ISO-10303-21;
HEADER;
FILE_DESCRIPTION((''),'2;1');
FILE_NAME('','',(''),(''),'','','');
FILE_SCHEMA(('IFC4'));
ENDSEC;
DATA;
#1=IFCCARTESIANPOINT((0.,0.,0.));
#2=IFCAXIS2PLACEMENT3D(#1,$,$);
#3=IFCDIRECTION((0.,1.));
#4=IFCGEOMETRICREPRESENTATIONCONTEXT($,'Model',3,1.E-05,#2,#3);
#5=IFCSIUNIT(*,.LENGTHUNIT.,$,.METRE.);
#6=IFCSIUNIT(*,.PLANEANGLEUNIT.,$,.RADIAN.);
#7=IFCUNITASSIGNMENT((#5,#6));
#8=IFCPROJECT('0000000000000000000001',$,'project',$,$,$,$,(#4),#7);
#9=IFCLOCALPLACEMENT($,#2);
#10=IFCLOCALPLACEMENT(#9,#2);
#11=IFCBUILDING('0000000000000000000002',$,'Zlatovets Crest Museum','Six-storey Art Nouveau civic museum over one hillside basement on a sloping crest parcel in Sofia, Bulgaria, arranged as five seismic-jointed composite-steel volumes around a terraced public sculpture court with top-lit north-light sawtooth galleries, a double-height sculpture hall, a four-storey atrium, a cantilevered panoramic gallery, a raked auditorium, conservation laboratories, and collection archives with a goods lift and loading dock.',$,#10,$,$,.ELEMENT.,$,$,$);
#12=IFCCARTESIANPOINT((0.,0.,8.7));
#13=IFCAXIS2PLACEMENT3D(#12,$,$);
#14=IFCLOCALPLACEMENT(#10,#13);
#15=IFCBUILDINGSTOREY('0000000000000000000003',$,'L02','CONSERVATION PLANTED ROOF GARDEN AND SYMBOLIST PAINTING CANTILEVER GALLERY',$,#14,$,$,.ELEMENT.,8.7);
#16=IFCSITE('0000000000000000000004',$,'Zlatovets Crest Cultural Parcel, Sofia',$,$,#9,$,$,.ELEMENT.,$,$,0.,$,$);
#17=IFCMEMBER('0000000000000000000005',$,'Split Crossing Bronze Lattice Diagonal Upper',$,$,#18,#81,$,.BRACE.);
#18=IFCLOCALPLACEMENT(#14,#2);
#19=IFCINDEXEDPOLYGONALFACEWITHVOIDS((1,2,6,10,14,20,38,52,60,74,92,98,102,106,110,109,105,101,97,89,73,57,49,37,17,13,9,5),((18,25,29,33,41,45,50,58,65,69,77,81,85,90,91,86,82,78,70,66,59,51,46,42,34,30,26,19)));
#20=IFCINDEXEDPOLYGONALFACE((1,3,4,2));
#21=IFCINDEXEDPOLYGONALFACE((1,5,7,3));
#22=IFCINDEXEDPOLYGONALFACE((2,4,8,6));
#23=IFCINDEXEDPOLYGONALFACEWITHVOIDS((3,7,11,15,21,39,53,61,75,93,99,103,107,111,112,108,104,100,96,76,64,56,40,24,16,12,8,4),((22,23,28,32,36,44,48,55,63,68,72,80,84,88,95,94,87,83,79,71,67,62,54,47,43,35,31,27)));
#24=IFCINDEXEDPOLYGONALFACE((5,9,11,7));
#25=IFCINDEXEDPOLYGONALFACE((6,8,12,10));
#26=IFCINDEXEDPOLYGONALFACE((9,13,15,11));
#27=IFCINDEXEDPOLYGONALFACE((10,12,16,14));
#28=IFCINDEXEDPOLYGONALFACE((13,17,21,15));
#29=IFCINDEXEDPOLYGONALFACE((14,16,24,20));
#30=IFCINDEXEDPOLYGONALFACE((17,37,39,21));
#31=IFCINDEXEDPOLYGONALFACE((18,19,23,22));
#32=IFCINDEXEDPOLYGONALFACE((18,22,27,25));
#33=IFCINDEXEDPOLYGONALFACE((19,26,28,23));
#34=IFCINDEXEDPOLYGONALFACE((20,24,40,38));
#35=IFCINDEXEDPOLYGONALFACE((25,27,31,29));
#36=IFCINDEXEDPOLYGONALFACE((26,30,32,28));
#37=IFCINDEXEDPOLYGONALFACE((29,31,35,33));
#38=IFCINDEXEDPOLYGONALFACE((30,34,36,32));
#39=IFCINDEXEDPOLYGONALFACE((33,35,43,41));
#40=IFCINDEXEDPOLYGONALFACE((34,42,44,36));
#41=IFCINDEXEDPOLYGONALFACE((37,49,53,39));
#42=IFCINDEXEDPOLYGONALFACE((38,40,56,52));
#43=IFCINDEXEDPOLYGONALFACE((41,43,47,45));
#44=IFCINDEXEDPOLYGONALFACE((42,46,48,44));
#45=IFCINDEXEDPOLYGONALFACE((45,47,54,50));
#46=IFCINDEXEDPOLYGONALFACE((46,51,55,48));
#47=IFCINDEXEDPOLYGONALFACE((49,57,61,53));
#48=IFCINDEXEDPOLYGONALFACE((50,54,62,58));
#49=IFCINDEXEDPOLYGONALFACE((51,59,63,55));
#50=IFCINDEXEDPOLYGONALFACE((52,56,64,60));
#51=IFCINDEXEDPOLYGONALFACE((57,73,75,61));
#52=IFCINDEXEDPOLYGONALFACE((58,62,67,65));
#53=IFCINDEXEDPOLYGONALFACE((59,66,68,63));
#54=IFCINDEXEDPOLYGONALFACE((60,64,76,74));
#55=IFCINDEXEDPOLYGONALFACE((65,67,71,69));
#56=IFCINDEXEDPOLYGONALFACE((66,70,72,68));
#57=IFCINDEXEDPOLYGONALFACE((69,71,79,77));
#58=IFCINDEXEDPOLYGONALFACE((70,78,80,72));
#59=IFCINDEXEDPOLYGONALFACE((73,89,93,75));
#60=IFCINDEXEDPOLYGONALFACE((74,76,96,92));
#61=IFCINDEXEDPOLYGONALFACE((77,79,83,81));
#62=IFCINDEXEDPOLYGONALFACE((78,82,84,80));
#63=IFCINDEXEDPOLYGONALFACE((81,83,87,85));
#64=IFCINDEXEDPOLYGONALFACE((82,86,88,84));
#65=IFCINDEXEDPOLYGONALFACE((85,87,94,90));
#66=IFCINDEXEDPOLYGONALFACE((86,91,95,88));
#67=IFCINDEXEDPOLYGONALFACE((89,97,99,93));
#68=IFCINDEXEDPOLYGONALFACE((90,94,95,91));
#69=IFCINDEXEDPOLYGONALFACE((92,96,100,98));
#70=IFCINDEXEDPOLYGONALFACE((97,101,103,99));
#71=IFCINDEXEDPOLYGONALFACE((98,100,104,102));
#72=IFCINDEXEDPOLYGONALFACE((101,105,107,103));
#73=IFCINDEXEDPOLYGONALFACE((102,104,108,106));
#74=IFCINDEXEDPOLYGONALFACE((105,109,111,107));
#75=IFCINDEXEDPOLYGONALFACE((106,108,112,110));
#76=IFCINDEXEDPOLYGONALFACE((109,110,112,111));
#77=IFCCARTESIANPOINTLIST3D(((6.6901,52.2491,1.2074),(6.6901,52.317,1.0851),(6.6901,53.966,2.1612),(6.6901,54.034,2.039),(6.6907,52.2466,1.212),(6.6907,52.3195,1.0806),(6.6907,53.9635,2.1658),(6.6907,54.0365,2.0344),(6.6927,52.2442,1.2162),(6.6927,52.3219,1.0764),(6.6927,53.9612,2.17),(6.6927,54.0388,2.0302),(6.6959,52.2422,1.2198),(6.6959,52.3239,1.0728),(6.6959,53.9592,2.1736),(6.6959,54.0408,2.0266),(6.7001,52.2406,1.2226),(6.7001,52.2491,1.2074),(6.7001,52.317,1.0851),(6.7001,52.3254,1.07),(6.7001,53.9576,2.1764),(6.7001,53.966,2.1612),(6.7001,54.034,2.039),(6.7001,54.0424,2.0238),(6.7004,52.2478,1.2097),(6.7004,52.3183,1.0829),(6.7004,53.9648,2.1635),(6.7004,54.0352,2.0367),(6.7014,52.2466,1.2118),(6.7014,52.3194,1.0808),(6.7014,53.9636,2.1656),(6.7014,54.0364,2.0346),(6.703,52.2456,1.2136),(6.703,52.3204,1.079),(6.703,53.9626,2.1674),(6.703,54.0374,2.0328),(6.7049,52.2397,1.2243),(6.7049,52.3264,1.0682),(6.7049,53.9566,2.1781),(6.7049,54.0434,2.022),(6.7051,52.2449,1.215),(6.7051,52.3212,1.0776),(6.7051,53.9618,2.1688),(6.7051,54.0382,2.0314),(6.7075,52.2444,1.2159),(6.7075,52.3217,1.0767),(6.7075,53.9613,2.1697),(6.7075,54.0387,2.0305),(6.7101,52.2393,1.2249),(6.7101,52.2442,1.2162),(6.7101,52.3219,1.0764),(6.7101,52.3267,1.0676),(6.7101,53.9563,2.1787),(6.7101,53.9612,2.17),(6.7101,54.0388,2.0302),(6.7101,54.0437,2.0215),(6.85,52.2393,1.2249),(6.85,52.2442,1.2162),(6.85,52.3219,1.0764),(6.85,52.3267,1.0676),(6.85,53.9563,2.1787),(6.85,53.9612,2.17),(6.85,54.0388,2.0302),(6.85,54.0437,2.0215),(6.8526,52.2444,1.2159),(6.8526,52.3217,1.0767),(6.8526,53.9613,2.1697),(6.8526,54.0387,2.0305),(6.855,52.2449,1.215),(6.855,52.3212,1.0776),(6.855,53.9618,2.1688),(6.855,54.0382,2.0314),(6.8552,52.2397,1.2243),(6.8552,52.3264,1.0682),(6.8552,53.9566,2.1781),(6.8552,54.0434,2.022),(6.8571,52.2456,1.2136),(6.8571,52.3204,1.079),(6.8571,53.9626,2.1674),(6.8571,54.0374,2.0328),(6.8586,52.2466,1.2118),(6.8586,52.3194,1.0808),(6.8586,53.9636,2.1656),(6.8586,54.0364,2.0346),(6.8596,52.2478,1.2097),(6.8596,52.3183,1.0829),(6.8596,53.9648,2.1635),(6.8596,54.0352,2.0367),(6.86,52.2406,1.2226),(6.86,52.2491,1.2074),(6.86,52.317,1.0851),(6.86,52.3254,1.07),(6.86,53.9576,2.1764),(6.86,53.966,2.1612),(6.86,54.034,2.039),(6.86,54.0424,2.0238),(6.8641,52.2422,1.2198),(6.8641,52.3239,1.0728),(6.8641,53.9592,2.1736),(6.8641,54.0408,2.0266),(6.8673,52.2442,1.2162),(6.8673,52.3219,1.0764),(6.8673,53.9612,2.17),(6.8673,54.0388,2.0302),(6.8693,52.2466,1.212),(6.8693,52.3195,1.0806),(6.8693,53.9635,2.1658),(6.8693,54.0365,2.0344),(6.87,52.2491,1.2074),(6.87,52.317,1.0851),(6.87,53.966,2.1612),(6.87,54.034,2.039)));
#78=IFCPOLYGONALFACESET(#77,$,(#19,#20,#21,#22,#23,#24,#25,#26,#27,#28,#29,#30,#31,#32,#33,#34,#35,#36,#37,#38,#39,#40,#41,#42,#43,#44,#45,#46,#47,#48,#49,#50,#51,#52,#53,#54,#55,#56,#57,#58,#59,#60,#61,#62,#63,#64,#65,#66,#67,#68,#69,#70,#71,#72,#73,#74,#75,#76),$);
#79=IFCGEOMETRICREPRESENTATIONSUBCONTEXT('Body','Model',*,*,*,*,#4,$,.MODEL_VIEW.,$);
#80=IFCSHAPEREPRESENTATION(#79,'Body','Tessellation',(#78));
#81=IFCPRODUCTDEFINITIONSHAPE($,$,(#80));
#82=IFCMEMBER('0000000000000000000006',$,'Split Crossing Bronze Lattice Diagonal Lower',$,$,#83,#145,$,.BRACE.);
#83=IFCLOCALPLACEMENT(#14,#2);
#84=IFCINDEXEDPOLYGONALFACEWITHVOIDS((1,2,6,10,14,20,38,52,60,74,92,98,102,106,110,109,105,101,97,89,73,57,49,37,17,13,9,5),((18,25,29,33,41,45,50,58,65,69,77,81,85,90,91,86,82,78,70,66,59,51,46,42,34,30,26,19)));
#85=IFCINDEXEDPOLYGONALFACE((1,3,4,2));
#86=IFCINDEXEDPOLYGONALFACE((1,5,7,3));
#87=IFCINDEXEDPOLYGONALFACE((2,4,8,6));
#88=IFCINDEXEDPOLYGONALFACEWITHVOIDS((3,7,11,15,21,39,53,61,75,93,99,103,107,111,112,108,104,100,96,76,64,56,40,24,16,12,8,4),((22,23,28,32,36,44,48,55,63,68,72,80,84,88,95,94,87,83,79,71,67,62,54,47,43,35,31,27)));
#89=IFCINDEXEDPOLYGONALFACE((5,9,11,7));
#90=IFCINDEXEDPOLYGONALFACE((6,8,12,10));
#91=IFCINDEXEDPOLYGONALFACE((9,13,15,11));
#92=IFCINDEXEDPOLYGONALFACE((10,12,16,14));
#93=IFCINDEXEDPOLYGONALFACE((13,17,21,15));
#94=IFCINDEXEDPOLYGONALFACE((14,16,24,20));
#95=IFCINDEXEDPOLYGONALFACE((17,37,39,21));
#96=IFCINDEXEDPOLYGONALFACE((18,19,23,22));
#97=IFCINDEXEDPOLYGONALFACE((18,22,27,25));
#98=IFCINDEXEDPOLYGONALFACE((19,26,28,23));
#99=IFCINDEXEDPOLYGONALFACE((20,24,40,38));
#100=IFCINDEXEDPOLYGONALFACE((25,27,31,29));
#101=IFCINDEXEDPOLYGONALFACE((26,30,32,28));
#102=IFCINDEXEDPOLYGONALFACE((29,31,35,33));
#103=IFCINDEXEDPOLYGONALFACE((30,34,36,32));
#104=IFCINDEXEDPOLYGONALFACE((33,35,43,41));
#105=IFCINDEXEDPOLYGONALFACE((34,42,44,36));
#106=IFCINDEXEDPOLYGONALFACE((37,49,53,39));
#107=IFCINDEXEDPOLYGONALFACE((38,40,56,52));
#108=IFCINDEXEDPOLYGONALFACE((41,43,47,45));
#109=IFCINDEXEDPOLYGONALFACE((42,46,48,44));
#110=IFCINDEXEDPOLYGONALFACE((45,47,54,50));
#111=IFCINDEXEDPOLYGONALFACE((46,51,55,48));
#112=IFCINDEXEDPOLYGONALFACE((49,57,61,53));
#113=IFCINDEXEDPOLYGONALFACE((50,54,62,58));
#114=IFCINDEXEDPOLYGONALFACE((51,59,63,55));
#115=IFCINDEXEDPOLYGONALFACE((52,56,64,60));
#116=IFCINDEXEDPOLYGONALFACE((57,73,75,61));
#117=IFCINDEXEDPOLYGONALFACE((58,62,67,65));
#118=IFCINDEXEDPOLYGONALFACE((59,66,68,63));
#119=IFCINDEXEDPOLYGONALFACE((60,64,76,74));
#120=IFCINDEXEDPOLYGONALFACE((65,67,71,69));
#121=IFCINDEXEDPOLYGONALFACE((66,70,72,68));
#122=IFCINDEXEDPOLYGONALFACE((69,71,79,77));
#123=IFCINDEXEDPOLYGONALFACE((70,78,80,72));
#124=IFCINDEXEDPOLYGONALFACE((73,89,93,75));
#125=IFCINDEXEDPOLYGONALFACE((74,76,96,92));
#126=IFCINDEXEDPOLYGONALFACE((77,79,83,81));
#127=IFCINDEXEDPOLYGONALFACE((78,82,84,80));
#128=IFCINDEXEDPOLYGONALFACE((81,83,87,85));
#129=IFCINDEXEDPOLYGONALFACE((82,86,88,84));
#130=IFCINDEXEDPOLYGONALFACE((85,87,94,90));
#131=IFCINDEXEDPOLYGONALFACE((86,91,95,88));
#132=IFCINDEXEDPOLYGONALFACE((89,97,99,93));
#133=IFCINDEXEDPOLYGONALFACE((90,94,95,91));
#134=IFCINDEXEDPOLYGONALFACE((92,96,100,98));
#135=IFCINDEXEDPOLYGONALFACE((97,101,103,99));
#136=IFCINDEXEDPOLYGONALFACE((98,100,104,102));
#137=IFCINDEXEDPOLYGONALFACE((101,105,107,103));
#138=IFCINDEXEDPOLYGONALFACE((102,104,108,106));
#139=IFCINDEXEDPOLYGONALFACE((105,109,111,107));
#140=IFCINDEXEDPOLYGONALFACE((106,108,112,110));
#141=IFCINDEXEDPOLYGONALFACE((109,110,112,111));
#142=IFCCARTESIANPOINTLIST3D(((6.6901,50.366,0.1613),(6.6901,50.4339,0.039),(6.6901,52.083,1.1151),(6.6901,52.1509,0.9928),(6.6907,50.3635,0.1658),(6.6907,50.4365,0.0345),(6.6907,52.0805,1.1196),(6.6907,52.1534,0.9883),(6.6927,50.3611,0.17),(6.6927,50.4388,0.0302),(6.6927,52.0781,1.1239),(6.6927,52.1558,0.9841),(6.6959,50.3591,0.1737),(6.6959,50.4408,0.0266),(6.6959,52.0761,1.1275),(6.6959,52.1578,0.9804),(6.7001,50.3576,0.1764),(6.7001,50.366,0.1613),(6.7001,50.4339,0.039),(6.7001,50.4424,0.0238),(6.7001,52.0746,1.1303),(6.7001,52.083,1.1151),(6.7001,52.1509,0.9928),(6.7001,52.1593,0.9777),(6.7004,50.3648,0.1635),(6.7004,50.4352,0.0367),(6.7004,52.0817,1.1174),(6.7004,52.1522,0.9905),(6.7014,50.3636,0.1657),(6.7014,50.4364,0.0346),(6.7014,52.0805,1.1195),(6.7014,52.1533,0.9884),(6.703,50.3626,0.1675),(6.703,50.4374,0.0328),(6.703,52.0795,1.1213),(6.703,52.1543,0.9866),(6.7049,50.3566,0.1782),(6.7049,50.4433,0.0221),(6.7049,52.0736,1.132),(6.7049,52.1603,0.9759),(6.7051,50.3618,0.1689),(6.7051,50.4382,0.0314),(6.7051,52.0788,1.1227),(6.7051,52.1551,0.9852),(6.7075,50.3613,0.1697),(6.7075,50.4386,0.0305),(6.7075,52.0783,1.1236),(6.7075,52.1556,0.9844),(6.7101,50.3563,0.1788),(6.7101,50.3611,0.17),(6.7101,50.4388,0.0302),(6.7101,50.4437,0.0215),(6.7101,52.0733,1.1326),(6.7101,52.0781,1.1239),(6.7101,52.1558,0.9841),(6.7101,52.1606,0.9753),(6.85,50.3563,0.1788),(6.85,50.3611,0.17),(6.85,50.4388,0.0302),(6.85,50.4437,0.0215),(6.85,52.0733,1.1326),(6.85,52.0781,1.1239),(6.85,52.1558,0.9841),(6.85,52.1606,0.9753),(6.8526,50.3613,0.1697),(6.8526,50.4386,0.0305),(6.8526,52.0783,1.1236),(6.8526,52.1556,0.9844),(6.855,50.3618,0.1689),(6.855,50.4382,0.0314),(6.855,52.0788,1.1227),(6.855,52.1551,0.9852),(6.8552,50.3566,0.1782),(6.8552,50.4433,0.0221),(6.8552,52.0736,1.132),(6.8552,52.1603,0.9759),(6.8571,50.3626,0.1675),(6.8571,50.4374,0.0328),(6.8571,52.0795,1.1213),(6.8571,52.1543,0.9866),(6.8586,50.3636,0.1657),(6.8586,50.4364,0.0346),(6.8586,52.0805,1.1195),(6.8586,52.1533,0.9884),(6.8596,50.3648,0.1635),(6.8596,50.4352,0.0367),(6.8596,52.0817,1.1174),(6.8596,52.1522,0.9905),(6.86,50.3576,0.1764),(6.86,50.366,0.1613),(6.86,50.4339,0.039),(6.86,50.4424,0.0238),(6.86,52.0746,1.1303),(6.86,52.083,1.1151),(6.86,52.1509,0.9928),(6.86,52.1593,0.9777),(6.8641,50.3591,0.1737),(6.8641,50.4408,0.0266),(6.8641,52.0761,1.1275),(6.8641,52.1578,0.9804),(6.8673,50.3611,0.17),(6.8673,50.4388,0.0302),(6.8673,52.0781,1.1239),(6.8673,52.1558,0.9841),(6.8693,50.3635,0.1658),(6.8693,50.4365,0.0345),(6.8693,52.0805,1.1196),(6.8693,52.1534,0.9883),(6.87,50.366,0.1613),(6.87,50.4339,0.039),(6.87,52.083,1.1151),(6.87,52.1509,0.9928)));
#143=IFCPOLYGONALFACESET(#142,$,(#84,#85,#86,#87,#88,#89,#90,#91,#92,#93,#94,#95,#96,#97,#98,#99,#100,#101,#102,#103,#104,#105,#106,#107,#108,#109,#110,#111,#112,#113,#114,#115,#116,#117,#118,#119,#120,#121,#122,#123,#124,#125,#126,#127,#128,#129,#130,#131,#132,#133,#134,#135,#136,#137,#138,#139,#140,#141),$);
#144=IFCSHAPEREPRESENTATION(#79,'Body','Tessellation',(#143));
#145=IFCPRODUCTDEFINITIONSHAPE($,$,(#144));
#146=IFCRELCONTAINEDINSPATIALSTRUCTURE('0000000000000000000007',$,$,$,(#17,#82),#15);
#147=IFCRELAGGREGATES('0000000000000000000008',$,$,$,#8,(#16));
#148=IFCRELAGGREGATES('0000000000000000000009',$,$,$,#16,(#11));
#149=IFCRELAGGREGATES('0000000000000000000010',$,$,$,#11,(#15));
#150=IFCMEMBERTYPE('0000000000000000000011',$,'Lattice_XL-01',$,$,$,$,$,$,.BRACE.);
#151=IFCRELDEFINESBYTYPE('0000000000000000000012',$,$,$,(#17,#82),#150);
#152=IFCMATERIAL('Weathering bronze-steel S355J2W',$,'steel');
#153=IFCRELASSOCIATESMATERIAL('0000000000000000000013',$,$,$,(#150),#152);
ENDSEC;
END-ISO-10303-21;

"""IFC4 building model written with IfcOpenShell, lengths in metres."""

from ifc_helpers import new_model, si_unit, direction, frame, origin, origin_2d, place, context, subcontext, project, spatial, hollow_rectangle, extrude, material, material_profile, profile_set, type_object, element, save


model = new_model("IFC4")

# Units and contexts
model_context = context("Model", 3, precision=1e-05, world=origin(), true_north=direction((0.0, 1.0)))
body_context = subcontext(model_context, "Body", "Model", "MODEL_VIEW")
ifc_project = project(units=[si_unit("LENGTHUNIT", "METRE"), si_unit("PLANEANGLEUNIT", "RADIAN")], contexts=[model_context])

# Site, building, storey
site_placement = place(None, origin())
site = spatial("IfcSite", under=ifc_project, at=site_placement, Name="Zlatovets Crest Cultural Parcel, Sofia", CompositionType="ELEMENT", RefElevation=0.0)
building_placement = place(site_placement, origin())
building = spatial("IfcBuilding", under=site, at=building_placement, Name="Zlatovets Crest Museum", Description="Six-storey Art Nouveau civic museum over one hillside basement on a sloping crest parcel in Sofia, Bulgaria, arranged as five seismic-jointed composite-steel volumes around a terraced public sculpture court with top-lit north-light sawtooth galleries, a double-height sculpture hall, a four-storey atrium, a cantilevered panoramic gallery, a raked auditorium, conservation laboratories, and collection archives with a goods lift and loading dock.", CompositionType="ELEMENT")
storey_placement = place(building_placement, frame((0.0, 0.0, 8.7)))
storey = spatial("IfcBuildingStorey", under=building, at=storey_placement, Name="L02", Description="CONSERVATION PLANTED ROOF GARDEN AND SYMBOLIST PAINTING CANTILEVER GALLERY", CompositionType="ELEMENT", Elevation=8.7)

# Members
ifc_material_1 = material(Name="Weathering bronze-steel S355J2W", Category="steel")
ifc_material_profile_1 = material_profile(ifc_material_1, hollow_rectangle(XDim=0.1799, YDim=0.1799, WallThickness=0.01, InnerFilletRadius=0.01, OuterFilletRadius=0.02, at=origin_2d()), Name="SHS 180x180x10.0")
ifc_profile_set_1 = profile_set([ifc_material_profile_1], Name="Weathering bronze-steel S355J2W")
member_type_1 = type_object("IfcMemberType", Name="Lattice_XL-01", PredefinedType="BRACE", material=ifc_profile_set_1)
for number, where, z_axis, x_axis, name in (
    (1, (6.78, 54.0, 2.1001), (0.0, -0.874169, -0.485622), (1.0, 0.0, 0.0), "Split Crossing Bronze Lattice Diagonal Upper"),
    (2, (6.78, 52.1169, 1.054), (0.0, -0.874169, -0.485622), (1.0, 0.0, 0.0), "Split Crossing Bronze Lattice Diagonal Lower"),
):
    element("IfcMember", number, at=place(storey_placement, frame(where, z_axis=z_axis, x_axis=x_axis)), inside=storey, type_object=member_type_1, Name=name, PredefinedType="BRACE", context=body_context, shape_type="SweptSolid", body=[
        extrude(hollow_rectangle(XDim=0.1799, YDim=0.1799, WallThickness=0.01, InnerFilletRadius=0.01, OuterFilletRadius=0.02, at=origin_2d()), origin(), (0.0, 0.0, 1.0), 1.9641),
    ])

save(model, "model.ifc")
